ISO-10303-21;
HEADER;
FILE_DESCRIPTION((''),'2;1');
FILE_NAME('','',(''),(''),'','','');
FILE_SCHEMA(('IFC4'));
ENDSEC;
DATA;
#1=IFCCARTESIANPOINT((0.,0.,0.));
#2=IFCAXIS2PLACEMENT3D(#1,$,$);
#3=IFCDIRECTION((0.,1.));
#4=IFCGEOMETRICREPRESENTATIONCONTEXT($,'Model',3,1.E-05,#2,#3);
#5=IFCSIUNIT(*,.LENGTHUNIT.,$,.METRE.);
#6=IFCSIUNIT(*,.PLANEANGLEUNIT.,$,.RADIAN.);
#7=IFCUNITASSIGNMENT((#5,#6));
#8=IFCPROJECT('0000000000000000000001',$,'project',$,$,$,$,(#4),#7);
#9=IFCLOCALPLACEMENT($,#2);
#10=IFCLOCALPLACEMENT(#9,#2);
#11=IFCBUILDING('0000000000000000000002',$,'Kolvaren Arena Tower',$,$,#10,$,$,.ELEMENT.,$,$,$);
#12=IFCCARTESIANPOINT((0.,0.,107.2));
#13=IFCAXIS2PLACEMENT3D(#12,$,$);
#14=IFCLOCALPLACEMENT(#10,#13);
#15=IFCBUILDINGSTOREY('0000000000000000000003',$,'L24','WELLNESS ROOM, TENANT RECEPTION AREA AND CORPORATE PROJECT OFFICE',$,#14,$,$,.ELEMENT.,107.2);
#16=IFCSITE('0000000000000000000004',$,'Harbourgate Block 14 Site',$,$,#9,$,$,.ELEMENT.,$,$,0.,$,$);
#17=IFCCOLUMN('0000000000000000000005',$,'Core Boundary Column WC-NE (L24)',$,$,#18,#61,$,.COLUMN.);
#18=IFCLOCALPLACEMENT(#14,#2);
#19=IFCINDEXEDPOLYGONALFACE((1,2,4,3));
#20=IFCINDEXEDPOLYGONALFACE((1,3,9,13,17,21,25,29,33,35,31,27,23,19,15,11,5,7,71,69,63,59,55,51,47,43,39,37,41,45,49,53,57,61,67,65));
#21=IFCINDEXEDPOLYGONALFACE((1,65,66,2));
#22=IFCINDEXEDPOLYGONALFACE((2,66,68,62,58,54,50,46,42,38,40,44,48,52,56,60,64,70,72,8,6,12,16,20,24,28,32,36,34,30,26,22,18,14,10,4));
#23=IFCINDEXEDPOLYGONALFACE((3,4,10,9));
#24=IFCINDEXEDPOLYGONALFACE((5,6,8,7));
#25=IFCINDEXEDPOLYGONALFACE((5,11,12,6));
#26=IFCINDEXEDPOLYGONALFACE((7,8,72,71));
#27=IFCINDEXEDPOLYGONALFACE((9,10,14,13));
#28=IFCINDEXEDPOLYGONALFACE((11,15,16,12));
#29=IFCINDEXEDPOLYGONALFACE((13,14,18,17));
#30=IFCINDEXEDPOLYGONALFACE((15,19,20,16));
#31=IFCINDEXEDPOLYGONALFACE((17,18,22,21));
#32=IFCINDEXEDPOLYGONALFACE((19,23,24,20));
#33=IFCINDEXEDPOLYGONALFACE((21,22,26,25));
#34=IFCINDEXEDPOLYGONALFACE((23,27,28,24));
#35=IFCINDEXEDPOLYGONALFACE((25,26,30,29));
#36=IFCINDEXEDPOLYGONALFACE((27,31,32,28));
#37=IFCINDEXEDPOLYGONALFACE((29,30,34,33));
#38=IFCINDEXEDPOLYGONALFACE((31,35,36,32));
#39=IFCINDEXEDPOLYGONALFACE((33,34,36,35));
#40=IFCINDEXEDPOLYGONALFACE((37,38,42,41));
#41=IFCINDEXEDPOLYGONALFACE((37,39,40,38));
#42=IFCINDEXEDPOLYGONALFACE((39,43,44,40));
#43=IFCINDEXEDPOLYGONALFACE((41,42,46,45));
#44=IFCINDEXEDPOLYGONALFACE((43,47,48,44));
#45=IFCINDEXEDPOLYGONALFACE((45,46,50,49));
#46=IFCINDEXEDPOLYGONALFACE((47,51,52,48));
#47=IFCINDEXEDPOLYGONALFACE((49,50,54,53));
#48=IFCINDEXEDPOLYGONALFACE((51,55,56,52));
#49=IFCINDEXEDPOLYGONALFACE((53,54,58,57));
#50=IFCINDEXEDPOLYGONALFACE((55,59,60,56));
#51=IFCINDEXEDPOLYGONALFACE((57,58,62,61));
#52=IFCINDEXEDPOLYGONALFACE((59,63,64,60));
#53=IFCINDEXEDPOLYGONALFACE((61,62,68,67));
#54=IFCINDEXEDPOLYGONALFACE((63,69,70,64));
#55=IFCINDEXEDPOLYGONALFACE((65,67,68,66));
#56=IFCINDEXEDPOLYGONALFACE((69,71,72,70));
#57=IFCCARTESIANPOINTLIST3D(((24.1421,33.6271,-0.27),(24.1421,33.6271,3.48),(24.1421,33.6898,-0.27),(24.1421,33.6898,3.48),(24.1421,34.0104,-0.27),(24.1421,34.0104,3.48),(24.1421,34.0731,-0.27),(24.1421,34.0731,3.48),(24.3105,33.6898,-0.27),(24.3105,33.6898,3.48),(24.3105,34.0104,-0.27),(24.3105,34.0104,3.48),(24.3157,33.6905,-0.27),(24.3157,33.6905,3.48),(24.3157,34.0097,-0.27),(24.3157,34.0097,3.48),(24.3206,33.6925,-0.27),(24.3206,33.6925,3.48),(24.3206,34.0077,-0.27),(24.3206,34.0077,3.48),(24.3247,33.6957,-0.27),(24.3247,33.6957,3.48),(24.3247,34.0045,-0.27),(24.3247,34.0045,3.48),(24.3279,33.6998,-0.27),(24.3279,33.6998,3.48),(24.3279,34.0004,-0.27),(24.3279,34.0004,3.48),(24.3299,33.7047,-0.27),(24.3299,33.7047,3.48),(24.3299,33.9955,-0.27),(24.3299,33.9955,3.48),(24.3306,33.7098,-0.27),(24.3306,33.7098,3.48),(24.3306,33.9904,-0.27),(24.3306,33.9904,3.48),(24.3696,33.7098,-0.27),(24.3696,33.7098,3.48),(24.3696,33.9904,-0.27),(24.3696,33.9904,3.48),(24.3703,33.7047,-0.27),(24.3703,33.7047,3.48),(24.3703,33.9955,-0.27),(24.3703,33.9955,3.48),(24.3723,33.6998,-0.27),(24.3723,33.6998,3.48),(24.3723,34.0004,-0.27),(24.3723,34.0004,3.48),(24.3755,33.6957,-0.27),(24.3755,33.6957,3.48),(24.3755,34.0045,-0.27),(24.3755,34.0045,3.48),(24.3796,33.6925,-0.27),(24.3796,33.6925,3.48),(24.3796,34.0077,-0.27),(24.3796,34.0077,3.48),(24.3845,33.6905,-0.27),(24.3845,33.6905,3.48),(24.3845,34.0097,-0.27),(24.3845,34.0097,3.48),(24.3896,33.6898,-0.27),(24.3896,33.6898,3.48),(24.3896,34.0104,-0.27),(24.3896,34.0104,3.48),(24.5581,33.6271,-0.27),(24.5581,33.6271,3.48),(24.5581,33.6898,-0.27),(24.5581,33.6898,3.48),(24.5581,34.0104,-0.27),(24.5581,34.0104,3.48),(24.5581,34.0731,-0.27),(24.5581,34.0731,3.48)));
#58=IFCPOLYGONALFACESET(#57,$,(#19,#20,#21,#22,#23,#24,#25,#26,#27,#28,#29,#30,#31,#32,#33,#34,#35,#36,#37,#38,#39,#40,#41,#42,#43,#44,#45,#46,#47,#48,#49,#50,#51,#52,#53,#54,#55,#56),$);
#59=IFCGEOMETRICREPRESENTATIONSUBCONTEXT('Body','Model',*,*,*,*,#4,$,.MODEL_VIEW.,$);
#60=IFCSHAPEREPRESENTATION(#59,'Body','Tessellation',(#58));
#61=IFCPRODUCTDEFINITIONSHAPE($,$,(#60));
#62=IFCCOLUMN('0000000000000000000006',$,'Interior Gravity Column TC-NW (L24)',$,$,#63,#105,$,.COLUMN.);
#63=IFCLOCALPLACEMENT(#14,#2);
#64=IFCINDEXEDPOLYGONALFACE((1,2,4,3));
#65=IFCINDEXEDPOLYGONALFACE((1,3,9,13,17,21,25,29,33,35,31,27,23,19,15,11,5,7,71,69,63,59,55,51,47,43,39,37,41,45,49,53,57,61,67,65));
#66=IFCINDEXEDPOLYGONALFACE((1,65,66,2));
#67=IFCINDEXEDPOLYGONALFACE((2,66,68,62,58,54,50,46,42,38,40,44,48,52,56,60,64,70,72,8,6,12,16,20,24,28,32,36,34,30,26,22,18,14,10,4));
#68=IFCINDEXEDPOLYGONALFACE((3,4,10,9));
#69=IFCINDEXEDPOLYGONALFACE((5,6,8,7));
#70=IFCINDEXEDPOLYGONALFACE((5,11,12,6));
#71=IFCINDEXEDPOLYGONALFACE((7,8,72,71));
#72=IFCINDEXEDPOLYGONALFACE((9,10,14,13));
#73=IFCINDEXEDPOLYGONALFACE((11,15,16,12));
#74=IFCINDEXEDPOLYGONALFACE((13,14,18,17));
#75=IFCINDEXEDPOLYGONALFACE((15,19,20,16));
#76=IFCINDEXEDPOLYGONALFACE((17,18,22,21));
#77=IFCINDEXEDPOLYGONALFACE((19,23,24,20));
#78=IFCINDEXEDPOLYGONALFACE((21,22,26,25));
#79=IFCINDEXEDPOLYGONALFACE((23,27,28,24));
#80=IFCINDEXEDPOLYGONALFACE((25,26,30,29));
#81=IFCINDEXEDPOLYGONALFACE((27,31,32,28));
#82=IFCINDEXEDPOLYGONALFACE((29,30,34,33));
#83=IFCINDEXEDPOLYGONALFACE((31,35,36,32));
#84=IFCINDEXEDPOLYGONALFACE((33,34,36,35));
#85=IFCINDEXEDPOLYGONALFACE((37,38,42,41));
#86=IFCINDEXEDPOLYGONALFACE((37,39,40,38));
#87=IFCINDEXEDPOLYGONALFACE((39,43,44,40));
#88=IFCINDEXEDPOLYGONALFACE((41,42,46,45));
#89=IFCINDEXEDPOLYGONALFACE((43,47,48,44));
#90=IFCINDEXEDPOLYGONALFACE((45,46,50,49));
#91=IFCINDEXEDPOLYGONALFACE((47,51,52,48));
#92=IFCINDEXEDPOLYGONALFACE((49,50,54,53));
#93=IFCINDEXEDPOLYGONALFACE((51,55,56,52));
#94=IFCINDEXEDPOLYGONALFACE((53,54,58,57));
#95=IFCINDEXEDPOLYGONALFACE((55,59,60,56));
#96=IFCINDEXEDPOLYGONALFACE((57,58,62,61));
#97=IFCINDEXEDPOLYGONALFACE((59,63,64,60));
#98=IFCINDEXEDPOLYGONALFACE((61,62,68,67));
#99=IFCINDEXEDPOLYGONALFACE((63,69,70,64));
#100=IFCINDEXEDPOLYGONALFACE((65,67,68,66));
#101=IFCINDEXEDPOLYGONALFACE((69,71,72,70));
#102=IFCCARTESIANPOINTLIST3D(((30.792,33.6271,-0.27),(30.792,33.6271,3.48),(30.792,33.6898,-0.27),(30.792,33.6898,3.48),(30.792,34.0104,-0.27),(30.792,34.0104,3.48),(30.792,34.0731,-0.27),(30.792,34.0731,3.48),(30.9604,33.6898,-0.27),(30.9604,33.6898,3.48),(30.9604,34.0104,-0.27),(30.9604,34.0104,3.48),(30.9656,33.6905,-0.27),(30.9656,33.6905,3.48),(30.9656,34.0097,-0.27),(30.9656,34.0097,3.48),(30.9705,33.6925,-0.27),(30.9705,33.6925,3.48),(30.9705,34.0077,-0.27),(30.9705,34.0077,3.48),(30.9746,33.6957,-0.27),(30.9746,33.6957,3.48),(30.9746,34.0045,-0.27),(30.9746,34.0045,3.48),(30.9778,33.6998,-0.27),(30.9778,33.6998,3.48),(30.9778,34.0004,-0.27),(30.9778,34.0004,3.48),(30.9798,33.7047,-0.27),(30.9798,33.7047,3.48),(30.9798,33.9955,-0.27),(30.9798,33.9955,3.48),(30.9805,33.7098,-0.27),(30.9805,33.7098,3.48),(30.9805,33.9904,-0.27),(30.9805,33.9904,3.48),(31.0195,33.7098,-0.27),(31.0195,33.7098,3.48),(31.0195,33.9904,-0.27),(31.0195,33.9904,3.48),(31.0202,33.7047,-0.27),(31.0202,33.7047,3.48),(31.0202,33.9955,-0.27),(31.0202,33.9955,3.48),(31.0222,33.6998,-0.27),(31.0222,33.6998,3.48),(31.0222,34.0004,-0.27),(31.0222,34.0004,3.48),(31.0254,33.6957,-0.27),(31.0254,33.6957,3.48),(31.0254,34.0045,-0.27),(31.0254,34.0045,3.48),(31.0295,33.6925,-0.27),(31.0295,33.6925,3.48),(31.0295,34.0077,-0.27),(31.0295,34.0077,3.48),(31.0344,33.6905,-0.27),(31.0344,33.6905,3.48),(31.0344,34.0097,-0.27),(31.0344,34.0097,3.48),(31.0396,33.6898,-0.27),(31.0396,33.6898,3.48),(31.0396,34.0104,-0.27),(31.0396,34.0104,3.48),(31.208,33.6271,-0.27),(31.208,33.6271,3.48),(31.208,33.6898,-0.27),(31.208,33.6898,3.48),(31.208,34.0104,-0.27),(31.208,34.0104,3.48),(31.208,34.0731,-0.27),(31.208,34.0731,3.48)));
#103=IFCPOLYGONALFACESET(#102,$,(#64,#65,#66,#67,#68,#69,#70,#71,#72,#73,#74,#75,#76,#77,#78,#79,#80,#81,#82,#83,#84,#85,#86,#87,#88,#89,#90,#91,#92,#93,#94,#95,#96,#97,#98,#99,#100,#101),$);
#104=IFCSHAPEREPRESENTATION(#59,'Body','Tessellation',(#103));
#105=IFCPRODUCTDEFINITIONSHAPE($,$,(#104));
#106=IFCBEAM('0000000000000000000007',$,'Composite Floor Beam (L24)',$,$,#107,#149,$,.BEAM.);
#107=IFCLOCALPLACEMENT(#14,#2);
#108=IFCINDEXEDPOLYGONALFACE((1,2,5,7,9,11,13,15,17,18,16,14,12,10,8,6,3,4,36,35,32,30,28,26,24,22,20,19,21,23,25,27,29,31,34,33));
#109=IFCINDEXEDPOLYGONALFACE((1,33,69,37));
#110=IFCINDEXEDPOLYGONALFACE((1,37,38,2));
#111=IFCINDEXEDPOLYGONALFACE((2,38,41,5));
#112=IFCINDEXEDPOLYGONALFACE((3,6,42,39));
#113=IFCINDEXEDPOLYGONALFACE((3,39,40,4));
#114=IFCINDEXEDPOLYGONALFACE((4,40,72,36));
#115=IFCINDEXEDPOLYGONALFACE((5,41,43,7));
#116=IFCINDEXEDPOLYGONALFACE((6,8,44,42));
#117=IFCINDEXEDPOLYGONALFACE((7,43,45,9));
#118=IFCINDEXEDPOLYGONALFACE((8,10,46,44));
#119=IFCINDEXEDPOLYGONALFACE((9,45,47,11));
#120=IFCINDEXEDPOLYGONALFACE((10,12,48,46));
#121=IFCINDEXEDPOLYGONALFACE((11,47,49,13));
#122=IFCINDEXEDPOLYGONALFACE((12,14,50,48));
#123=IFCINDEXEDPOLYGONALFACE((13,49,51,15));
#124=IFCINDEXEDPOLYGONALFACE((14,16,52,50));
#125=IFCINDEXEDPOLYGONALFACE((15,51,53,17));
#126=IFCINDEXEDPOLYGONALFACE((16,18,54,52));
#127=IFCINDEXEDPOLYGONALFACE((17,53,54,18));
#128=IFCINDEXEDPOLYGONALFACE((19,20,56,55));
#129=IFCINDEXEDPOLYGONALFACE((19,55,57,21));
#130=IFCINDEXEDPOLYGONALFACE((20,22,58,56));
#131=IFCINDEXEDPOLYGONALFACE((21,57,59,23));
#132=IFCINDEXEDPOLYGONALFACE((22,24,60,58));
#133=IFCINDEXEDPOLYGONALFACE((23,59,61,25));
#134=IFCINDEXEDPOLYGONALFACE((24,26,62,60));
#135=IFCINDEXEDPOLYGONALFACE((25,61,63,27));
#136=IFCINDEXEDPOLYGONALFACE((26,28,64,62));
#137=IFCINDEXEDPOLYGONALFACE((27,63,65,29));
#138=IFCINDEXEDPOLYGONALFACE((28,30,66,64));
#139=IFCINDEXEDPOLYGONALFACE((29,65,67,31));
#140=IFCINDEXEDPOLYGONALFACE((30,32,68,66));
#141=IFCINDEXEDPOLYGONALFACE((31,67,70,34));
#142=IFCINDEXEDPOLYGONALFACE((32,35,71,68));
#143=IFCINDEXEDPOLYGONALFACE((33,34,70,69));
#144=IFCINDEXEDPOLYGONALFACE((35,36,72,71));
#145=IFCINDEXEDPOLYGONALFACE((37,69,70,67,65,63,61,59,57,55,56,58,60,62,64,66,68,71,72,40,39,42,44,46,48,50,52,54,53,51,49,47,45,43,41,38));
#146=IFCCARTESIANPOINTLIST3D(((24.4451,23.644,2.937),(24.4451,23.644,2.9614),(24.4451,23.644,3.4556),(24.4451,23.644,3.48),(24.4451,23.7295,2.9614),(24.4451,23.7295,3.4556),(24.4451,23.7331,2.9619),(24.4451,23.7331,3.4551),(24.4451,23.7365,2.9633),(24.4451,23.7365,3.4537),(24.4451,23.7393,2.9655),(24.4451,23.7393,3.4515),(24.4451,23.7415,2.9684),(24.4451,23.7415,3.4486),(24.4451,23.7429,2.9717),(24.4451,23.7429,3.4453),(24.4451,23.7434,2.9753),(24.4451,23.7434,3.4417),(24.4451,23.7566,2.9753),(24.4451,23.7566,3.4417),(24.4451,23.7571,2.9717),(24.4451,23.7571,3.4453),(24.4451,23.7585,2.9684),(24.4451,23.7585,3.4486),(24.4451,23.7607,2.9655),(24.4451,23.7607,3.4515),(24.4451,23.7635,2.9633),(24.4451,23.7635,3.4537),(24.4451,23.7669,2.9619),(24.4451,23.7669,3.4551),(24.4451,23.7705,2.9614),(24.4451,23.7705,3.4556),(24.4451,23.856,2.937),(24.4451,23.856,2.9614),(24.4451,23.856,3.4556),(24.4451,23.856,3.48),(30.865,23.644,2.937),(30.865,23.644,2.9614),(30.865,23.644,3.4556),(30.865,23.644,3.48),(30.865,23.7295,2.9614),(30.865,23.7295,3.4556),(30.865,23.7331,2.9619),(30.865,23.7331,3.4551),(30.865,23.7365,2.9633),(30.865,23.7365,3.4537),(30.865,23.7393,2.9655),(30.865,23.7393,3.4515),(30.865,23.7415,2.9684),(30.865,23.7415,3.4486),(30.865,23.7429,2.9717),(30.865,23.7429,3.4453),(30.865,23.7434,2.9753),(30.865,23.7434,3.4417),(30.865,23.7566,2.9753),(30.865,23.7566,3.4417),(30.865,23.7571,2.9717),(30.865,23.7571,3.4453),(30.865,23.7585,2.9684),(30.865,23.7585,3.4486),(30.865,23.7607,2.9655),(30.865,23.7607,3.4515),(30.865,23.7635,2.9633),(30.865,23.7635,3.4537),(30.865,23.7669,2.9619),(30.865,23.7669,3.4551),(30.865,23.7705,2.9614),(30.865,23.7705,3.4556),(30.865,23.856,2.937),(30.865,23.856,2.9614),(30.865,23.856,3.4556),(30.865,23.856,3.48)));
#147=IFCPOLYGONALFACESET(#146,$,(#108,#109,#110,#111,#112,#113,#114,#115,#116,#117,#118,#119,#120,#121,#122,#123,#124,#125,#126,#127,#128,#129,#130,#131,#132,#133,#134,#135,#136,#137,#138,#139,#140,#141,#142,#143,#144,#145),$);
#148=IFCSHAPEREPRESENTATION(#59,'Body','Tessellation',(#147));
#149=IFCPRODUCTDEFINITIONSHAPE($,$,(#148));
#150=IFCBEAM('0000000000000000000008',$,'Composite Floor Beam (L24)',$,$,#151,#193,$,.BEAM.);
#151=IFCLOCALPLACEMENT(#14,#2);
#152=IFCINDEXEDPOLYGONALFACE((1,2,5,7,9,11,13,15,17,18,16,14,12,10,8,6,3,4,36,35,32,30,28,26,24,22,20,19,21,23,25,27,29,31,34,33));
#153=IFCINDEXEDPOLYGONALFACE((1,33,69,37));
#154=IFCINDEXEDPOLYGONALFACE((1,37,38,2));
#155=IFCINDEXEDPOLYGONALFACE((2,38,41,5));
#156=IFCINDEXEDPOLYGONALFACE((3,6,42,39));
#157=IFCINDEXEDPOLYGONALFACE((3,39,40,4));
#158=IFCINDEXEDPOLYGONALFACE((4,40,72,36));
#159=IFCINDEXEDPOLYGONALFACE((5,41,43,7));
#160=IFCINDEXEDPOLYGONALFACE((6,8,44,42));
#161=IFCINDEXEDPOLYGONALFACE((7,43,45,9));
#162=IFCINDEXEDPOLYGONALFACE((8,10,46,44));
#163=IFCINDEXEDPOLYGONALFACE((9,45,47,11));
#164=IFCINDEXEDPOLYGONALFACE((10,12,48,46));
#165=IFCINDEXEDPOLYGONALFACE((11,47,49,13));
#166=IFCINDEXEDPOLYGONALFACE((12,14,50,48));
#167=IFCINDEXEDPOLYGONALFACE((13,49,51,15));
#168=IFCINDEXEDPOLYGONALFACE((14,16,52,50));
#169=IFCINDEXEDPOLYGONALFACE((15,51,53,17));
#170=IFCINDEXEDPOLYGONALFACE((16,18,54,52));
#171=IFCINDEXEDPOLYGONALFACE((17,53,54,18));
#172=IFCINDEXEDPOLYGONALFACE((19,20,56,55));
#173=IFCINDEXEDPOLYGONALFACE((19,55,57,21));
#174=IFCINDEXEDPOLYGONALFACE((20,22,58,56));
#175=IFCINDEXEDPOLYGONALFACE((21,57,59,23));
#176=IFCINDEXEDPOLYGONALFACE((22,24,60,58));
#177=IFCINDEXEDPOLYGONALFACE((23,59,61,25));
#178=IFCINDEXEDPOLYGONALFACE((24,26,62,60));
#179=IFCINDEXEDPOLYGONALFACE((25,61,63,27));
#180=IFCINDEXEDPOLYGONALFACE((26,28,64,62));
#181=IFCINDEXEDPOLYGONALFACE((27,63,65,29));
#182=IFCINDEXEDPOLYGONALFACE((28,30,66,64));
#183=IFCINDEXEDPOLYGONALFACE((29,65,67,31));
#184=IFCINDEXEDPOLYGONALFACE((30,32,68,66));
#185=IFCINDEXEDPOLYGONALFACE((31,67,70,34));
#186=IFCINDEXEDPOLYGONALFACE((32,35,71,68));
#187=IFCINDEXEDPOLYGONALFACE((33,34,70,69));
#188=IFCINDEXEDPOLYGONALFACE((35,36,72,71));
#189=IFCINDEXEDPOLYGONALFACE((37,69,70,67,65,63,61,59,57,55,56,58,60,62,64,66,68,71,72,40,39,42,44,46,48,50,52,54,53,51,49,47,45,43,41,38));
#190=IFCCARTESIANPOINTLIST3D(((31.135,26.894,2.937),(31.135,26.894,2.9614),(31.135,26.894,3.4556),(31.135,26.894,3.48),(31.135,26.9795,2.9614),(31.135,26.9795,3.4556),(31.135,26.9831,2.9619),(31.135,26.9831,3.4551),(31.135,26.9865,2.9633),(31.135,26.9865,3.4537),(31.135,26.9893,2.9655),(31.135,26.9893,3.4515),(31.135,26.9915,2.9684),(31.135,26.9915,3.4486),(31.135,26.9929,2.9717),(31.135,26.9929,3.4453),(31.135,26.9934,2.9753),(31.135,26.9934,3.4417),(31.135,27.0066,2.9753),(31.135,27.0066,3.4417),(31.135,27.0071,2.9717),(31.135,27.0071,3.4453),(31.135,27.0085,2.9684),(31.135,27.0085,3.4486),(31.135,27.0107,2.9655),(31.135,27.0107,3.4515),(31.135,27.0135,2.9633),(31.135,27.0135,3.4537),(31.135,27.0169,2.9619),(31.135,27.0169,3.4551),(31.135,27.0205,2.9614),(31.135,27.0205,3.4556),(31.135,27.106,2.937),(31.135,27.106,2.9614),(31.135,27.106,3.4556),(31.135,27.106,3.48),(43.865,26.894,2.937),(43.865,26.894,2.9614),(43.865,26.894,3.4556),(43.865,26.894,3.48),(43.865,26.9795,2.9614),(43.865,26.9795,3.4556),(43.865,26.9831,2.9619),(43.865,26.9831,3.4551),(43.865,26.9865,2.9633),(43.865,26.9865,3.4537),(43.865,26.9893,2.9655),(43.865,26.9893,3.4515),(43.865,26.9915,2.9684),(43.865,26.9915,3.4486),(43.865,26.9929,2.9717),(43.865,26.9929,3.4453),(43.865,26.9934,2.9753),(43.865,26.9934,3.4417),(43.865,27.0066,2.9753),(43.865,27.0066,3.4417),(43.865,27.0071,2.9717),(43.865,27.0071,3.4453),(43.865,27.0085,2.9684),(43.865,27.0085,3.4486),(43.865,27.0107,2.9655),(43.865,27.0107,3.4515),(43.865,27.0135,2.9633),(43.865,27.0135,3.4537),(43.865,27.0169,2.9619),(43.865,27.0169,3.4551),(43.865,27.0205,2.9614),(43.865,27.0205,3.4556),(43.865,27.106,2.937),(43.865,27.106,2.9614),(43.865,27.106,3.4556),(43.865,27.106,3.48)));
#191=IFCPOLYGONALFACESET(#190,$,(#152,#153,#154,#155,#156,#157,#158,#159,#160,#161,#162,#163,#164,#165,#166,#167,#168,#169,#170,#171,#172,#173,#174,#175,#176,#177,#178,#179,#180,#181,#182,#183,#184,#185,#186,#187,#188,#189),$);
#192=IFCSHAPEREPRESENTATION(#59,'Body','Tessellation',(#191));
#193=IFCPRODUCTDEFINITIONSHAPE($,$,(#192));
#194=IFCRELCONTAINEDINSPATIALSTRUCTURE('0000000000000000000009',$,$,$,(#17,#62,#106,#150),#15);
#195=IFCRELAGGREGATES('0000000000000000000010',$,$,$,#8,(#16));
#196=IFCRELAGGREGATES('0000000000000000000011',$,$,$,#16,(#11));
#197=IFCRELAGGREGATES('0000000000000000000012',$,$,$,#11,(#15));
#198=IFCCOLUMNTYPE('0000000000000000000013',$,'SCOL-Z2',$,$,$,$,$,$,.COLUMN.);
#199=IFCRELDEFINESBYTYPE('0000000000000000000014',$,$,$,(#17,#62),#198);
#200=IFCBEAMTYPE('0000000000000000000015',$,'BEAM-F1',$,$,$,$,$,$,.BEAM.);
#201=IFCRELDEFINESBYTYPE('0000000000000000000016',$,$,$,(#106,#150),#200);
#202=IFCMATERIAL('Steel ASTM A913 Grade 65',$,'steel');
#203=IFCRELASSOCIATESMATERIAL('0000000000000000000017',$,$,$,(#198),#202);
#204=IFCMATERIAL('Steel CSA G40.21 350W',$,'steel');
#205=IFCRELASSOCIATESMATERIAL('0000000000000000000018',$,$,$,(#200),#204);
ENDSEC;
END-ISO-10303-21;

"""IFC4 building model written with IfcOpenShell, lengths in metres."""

from ifc_helpers import new_model, si_unit, direction, frame, origin, origin_2d, place, context, subcontext, project, spatial, i_section, extrude, material, material_profile, profile_set, type_object, element, save


model = new_model("IFC4")

# Units and contexts
model_context = context("Model", 3, precision=1e-05, world=origin(), true_north=direction((0.0, 1.0)))
body_context = subcontext(model_context, "Body", "Model", "MODEL_VIEW")
ifc_project = project(units=[si_unit("LENGTHUNIT", "METRE"), si_unit("PLANEANGLEUNIT", "RADIAN")], contexts=[model_context])

# Site, building, storey
site_placement = place(None, origin())
site = spatial("IfcSite", under=ifc_project, at=site_placement, Name="Harbourgate Block 14 Site", CompositionType="ELEMENT", RefElevation=0.0)
building_placement = place(site_placement, origin())
building = spatial("IfcBuilding", under=site, at=building_placement, Name="Kolvaren Arena Tower", CompositionType="ELEMENT")
storey_placement = place(building_placement, frame((0.0, 0.0, 107.2)))
storey = spatial("IfcBuildingStorey", under=building, at=storey_placement, Name="L24", Description="WELLNESS ROOM, TENANT RECEPTION AREA AND CORPORATE PROJECT OFFICE", CompositionType="ELEMENT", Elevation=107.2)

# Columns
ifc_material_1 = material(Name="Steel ASTM A913 Grade 65", Category="steel")
ifc_material_profile_1 = material_profile(ifc_material_1, i_section(OverallWidth=0.416, OverallDepth=0.446, WebThickness=0.0391, FlangeThickness=0.0627, FilletRadius=0.02, at=origin_2d()), Name="W360x509")
ifc_profile_set_1 = profile_set([ifc_material_profile_1], Name="Steel ASTM A913 Grade 65")
column_type = type_object("IfcColumnType", Name="SCOL-Z2", PredefinedType="COLUMN", material=ifc_profile_set_1)
for number, where, z_axis, x_axis, name in (
    (1, (24.3501, 33.8501, -0.27), (0.0, 0.0, 1.0), (1.0, 0.0, 0.0), "Core Boundary Column WC-NE (L24)"),
    (2, (31.0, 33.8501, -0.27), (0.0, 0.0, 1.0), (1.0, 0.0, 0.0), "Interior Gravity Column TC-NW (L24)"),
):
    element("IfcColumn", number, at=place(storey_placement, frame(where, z_axis=z_axis, x_axis=x_axis)), inside=storey, type_object=column_type, Name=name, PredefinedType="COLUMN", context=body_context, shape_type="SweptSolid", body=[
        extrude(i_section(OverallWidth=0.416, OverallDepth=0.446, WebThickness=0.0391, FlangeThickness=0.0627, FilletRadius=0.02, at=origin_2d()), origin(), (0.0, 0.0, 1.0), 3.75),
    ])

# Beams
ifc_material_2 = material(Name="Steel CSA G40.21 350W", Category="steel")
ifc_material_profile_2 = material_profile(ifc_material_2, i_section(OverallWidth=0.2119, OverallDepth=0.543, WebThickness=0.0132, FlangeThickness=0.0244, FilletRadius=0.0139, at=origin_2d()), Name="W530x150")
ifc_profile_set_2 = profile_set([ifc_material_profile_2], Name="Steel CSA G40.21 350W")
beam_type_1 = type_object("IfcBeamType", Name="BEAM-F1", PredefinedType="BEAM", material=ifc_profile_set_2)
beam_1_placement = place(storey_placement, frame((24.4451, 23.75, 3.2085), z_axis=(1.0, 0.0, 0.0), x_axis=(0.0, 1.0, 0.0)))
element("IfcBeam", 3, at=beam_1_placement, inside=storey, type_object=beam_type_1, Name="Composite Floor Beam (L24)", PredefinedType="BEAM", context=body_context, shape_type="SweptSolid", body=[
    extrude(i_section(OverallWidth=0.2119, OverallDepth=0.543, WebThickness=0.0132, FlangeThickness=0.0244, FilletRadius=0.0139, at=origin_2d()), origin(), (0.0, 0.0, 1.0), 6.4199),
])
beam_2_placement = place(storey_placement, frame((31.135, 27.0, 3.2085), z_axis=(1.0, 0.0, 0.0), x_axis=(0.0, 1.0, 0.0)))
element("IfcBeam", 4, at=beam_2_placement, inside=storey, type_object=beam_type_1, Name="Composite Floor Beam (L24)", PredefinedType="BEAM", context=body_context, shape_type="SweptSolid", body=[
    extrude(i_section(OverallWidth=0.2119, OverallDepth=0.543, WebThickness=0.0132, FlangeThickness=0.0244, FilletRadius=0.0139, at=origin_2d()), origin(), (0.0, 0.0, 1.0), 12.73),
])

save(model, "model.ifc")
